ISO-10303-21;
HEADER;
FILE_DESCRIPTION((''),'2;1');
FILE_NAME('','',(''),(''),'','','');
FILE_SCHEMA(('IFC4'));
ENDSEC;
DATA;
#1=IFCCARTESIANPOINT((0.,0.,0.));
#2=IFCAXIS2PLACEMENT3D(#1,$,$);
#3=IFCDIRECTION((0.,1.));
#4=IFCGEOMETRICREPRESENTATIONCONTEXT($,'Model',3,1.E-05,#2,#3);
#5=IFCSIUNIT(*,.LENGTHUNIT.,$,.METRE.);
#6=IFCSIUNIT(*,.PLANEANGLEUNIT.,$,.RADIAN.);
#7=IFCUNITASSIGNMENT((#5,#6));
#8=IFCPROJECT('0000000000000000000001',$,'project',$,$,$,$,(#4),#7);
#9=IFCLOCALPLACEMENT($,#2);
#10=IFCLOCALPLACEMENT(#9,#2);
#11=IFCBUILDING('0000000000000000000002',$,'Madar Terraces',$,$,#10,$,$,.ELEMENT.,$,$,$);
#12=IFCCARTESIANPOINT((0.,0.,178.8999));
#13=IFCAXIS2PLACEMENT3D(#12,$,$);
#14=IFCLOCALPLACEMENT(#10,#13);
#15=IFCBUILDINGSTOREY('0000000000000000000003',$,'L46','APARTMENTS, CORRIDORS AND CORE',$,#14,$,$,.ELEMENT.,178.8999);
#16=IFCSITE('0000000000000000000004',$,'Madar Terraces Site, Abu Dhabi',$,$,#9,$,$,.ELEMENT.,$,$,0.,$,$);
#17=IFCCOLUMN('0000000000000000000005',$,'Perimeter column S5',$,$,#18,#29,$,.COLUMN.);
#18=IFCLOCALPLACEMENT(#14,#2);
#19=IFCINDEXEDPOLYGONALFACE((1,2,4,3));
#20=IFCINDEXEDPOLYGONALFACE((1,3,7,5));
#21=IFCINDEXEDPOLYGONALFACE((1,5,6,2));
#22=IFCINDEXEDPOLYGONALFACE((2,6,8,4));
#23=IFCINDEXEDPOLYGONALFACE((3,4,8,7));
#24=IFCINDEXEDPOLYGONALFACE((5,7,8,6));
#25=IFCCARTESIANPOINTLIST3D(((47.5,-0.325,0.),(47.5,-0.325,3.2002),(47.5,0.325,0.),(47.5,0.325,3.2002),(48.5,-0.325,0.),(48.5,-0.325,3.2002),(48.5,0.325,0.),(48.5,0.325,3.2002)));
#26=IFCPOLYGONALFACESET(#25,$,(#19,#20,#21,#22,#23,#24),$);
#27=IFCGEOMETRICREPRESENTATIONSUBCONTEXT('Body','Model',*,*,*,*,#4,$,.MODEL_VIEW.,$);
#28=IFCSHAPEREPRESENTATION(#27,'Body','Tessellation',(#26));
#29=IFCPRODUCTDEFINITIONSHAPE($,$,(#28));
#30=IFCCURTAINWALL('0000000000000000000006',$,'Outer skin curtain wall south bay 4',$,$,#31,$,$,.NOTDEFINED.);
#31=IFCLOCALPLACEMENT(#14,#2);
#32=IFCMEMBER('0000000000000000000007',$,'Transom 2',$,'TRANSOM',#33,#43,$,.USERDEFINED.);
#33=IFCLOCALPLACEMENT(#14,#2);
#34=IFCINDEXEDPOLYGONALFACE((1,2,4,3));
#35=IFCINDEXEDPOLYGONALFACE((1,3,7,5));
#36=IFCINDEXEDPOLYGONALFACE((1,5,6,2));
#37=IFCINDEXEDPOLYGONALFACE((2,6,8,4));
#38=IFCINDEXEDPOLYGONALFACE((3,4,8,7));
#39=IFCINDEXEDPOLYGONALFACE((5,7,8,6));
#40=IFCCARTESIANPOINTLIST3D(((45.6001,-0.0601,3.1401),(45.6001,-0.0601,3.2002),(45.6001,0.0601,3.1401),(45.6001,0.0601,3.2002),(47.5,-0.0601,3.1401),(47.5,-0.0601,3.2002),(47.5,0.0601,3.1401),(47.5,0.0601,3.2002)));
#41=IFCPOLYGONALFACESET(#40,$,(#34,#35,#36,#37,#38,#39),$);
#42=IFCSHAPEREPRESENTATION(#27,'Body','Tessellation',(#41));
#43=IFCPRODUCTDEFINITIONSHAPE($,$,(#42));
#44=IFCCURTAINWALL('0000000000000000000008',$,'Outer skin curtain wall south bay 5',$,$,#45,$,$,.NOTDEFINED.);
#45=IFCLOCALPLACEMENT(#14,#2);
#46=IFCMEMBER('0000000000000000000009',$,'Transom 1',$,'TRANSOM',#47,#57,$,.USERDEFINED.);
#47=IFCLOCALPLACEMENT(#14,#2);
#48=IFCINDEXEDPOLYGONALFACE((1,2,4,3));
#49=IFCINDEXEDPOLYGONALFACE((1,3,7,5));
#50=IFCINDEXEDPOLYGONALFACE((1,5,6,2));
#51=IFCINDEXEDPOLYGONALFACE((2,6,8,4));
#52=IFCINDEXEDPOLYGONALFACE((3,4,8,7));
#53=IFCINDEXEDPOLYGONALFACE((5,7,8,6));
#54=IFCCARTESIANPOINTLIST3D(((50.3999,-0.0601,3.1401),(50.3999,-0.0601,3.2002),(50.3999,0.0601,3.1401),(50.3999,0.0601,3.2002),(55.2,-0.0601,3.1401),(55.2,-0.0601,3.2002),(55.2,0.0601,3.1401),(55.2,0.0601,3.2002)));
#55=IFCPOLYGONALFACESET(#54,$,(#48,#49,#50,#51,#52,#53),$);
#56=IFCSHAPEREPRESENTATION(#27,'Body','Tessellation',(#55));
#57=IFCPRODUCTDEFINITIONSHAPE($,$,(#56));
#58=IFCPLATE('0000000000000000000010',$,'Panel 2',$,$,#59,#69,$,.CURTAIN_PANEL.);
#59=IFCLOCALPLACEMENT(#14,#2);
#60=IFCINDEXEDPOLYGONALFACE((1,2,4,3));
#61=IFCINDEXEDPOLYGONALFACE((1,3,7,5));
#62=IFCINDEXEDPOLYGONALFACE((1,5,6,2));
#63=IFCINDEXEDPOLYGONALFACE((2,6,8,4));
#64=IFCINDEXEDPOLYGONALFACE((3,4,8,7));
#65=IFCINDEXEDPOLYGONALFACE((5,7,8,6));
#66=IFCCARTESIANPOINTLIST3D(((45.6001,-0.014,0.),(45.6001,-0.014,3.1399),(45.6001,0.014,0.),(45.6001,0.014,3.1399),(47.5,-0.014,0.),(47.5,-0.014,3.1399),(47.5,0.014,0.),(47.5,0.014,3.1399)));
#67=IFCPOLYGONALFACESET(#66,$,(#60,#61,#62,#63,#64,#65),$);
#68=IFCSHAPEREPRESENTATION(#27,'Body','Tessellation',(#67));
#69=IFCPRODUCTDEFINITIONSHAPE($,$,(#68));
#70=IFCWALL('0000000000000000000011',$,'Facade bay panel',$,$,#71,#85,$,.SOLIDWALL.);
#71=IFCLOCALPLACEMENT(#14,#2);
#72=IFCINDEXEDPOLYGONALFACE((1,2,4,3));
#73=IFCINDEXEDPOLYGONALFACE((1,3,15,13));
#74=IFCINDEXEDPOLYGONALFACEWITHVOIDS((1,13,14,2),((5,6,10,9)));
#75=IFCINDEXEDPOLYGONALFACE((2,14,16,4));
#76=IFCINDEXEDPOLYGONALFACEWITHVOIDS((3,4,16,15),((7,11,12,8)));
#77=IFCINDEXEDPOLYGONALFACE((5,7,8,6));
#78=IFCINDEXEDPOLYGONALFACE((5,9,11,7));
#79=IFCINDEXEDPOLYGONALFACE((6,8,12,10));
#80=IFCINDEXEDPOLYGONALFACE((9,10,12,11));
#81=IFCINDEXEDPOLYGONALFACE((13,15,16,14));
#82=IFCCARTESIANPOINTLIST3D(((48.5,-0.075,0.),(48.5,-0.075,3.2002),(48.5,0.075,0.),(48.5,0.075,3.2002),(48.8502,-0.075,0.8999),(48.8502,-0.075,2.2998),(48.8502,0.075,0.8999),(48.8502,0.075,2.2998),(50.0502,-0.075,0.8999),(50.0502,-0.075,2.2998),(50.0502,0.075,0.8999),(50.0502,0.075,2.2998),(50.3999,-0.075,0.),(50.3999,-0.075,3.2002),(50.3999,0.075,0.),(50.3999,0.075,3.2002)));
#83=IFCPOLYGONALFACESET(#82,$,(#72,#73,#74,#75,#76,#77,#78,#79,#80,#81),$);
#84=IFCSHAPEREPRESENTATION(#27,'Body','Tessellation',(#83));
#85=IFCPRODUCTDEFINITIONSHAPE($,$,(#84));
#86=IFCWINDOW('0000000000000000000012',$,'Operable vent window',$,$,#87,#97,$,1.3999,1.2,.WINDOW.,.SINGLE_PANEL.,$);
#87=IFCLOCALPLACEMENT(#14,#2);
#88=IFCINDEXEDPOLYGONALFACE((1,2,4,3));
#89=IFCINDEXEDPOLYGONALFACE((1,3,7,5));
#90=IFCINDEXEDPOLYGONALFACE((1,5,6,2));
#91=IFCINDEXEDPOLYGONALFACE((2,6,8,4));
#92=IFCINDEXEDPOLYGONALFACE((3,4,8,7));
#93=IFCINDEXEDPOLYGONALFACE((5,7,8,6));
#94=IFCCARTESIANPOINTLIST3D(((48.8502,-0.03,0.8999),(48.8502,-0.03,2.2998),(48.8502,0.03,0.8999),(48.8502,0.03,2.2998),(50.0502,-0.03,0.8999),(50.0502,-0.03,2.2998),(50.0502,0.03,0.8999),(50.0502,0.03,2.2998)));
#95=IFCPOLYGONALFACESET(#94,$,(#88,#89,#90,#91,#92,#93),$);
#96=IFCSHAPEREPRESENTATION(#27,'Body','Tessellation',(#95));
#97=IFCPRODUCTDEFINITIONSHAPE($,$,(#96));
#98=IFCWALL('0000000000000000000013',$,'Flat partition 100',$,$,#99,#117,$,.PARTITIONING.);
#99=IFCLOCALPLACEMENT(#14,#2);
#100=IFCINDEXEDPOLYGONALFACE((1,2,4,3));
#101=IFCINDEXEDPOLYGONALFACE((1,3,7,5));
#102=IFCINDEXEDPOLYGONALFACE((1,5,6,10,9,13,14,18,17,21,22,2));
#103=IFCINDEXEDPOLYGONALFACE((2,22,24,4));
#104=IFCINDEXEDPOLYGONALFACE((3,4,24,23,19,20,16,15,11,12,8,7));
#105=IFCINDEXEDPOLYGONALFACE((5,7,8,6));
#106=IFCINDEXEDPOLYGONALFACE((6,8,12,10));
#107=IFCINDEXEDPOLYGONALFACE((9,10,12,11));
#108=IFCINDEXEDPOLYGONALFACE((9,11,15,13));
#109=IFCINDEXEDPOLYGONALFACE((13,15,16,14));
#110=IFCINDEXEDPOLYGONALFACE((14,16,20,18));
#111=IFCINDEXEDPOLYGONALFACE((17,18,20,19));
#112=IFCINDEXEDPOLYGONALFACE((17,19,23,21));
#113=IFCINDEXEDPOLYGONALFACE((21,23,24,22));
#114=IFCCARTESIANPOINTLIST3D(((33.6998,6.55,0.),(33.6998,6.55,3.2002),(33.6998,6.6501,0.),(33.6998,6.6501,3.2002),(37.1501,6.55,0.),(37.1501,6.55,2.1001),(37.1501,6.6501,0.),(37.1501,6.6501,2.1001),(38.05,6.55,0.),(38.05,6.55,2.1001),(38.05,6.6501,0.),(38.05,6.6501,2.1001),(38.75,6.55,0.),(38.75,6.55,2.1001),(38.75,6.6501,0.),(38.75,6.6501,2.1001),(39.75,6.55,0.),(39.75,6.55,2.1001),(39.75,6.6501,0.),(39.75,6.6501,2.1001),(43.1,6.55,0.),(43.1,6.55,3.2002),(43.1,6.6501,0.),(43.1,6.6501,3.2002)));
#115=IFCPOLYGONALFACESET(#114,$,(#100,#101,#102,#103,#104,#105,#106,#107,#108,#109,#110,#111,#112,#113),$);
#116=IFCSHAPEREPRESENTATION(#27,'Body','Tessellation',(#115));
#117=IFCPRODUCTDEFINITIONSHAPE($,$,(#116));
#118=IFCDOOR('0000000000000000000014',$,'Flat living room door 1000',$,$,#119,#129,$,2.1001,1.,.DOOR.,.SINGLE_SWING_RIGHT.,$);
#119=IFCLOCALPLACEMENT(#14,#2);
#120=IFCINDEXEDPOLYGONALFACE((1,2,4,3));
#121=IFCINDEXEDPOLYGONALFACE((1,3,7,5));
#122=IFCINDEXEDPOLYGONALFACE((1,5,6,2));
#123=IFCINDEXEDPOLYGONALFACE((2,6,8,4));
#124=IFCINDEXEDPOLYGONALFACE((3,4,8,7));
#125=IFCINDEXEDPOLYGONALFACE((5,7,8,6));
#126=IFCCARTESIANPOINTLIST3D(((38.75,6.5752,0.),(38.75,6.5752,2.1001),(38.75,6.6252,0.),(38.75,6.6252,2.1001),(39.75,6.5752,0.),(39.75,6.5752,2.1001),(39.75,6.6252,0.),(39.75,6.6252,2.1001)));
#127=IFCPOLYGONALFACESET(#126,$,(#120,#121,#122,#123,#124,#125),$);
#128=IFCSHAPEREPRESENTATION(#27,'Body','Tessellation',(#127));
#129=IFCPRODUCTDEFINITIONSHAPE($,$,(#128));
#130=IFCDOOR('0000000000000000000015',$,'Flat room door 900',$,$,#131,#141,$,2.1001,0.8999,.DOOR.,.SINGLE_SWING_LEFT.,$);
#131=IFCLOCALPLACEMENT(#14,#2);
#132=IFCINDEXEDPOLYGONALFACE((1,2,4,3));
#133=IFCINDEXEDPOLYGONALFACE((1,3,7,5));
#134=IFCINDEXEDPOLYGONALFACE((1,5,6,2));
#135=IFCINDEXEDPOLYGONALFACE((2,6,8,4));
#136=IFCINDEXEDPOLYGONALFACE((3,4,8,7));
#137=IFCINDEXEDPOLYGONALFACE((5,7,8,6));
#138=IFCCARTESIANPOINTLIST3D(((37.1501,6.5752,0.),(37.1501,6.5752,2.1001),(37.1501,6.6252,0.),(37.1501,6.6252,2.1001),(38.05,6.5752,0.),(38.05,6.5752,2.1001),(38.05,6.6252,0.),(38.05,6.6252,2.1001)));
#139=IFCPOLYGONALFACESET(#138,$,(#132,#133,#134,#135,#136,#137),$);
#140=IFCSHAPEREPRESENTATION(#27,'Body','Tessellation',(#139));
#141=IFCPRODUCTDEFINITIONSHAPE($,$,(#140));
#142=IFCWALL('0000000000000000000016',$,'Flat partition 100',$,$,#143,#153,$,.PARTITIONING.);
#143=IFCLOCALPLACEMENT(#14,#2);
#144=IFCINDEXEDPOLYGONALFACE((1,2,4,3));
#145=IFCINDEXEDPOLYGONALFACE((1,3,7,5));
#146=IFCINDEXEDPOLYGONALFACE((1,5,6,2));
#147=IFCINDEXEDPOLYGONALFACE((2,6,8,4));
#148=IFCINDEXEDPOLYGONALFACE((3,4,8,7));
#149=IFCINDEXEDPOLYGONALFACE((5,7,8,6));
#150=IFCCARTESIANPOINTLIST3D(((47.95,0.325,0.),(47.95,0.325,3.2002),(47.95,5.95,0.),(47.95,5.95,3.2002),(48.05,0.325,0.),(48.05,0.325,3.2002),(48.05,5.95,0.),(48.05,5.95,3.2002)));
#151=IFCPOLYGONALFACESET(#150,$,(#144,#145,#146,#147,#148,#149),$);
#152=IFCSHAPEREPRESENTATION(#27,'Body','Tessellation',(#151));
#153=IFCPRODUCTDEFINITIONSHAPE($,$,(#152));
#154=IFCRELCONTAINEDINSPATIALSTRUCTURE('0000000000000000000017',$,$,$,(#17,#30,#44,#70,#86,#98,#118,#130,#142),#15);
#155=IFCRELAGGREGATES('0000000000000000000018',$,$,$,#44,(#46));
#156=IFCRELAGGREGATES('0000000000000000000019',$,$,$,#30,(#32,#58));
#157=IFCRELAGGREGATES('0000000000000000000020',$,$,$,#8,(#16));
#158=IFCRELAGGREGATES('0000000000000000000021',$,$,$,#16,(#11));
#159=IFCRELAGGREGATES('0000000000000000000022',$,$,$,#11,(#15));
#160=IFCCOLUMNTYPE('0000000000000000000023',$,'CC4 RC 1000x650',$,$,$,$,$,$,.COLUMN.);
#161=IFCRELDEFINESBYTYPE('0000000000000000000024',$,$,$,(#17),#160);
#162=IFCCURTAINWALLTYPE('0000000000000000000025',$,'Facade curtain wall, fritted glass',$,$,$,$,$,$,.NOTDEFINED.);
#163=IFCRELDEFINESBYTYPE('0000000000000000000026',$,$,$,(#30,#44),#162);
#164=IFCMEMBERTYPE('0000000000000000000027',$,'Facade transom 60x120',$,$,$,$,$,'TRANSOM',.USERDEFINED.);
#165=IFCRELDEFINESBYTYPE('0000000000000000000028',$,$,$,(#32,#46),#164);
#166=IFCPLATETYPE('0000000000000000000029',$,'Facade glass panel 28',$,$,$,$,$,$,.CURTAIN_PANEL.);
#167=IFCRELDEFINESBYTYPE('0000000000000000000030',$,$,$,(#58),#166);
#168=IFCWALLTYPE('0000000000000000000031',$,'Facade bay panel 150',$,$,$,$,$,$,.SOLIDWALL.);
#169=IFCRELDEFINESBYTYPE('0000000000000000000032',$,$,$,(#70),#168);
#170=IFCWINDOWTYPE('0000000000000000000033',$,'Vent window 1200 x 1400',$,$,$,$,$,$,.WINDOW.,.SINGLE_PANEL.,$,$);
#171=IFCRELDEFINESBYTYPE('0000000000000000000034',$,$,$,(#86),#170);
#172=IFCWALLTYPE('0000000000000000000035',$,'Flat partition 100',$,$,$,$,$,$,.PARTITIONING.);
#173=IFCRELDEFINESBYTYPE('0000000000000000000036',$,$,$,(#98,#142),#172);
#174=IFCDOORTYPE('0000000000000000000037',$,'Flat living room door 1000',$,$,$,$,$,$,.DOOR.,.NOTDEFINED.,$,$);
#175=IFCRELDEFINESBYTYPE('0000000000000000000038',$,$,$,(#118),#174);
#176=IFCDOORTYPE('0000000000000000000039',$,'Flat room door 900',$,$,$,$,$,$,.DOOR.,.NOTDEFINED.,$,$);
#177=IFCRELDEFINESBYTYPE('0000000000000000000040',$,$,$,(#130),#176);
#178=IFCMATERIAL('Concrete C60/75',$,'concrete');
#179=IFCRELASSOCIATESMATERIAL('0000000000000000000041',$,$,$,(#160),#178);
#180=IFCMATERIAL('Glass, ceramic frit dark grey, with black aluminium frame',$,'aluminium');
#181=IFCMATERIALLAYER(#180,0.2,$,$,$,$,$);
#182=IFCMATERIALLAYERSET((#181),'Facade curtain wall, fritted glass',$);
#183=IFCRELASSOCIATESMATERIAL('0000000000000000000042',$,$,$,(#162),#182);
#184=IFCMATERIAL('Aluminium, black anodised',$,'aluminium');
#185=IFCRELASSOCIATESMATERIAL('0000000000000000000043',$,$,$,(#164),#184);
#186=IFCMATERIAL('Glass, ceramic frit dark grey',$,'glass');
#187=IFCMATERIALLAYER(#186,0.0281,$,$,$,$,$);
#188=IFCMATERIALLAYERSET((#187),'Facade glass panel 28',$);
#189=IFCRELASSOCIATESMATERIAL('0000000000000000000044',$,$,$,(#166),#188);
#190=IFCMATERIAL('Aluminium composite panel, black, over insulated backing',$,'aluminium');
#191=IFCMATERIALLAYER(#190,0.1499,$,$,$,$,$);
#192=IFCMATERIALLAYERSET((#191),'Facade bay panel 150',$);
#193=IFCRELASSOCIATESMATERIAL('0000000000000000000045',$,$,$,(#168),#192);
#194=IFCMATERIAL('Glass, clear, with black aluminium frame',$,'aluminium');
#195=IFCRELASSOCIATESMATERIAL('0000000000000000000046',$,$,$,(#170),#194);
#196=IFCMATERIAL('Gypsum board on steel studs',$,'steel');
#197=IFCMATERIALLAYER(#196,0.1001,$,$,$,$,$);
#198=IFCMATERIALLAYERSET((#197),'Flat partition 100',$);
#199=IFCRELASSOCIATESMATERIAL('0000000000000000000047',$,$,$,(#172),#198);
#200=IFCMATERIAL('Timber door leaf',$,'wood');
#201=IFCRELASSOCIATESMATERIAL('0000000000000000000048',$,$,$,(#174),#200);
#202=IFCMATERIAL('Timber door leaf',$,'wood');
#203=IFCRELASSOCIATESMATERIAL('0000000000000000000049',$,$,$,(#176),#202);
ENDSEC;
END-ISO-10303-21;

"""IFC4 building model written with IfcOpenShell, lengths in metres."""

from ifc_helpers import new_model, si_unit, direction, frame, frame_2d, origin, origin_2d, place, context, subcontext, project, spatial, rectangle, extrude, material, layer, layer_set, material_profile, profile_set, type_object, element, fill, aggregate, save


model = new_model("IFC4")

# Units and contexts
model_context = context("Model", 3, precision=1e-05, world=origin(), true_north=direction((0.0, 1.0)))
body_context = subcontext(model_context, "Body", "Model", "MODEL_VIEW")
ifc_project = project(units=[si_unit("LENGTHUNIT", "METRE"), si_unit("PLANEANGLEUNIT", "RADIAN")], contexts=[model_context])

# Site, building, storey
site_placement = place(None, origin())
site = spatial("IfcSite", under=ifc_project, at=site_placement, Name="Madar Terraces Site, Abu Dhabi", CompositionType="ELEMENT", RefElevation=0.0)
building_placement = place(site_placement, origin())
building = spatial("IfcBuilding", under=site, at=building_placement, Name="Madar Terraces", CompositionType="ELEMENT")
storey_placement = place(building_placement, frame((0.0, 0.0, 178.8999)))
storey = spatial("IfcBuildingStorey", under=building, at=storey_placement, Name="L46", Description="APARTMENTS, CORRIDORS AND CORE", CompositionType="ELEMENT", Elevation=178.8999)

# Column
ifc_material_1 = material(Name="Concrete C60/75", Category="concrete")
ifc_material_profile_1 = material_profile(ifc_material_1, rectangle(XDim=1.0, YDim=0.6499, at=origin_2d()), Name="CC4 RC 1000x650")
ifc_profile_set_1 = profile_set([ifc_material_profile_1], Name="Concrete C60/75")
column_type = type_object("IfcColumnType", Name="CC4 RC 1000x650", PredefinedType="COLUMN", material=ifc_profile_set_1)
column_placement = place(storey_placement, frame((48.0, 0.0, 0.0), z_axis=(0.0, 0.0, 1.0), x_axis=(1.0, 0.0, 0.0)))
element("IfcColumn", 1, at=column_placement, inside=storey, type_object=column_type, Name="Perimeter column S5", PredefinedType="COLUMN", context=body_context, shape_type="SweptSolid", body=[
    extrude(rectangle(XDim=1.0, YDim=0.6499, at=origin_2d()), origin(), (0.0, 0.0, 1.0), 3.2002),
])

# Curtain walls, members
ifc_material_2 = material(Name="Glass, ceramic frit dark grey, with black aluminium frame", Category="aluminium")
ifc_layer_1 = layer(ifc_material_2, 0.2)
ifc_layer_set_1 = layer_set([ifc_layer_1], Name="Facade curtain wall, fritted glass")
curtain_wall_type = type_object("IfcCurtainWallType", Name="Facade curtain wall, fritted glass", PredefinedType="NOTDEFINED", material=ifc_layer_set_1)
curtain_wall_1_placement = place(storey_placement, origin())
curtain_wall_1 = element("IfcCurtainWall", 2, at=curtain_wall_1_placement, inside=storey, type_object=curtain_wall_type, Name="Outer skin curtain wall south bay 4", PredefinedType="NOTDEFINED")
ifc_material_3 = material(Name="Aluminium, black anodised", Category="aluminium")
ifc_material_profile_2 = material_profile(ifc_material_3, rectangle(XDim=0.1201, YDim=0.0601, at=origin_2d()), Name="Facade transom 60x120")
ifc_profile_set_2 = profile_set([ifc_material_profile_2], Name="Aluminium, black anodised")
member_type = type_object("IfcMemberType", Name="Facade transom 60x120", ElementType="TRANSOM", PredefinedType="USERDEFINED", material=ifc_profile_set_2)
member_1_placement = place(storey_placement, frame((45.6001, 0.0, 3.1702), z_axis=(1.0, 0.0, 0.0), x_axis=(0.0, 1.0, 0.0)))
member_1 = element("IfcMember", 3, at=member_1_placement, type_object=member_type, Name="Transom 2", ObjectType="TRANSOM", PredefinedType="USERDEFINED", context=body_context, shape_type="SweptSolid", body=[
    extrude(rectangle(XDim=0.1201, YDim=0.0601, at=origin_2d()), origin(), (0.0, 0.0, 1.0), 1.8999),
])
curtain_wall_2_placement = place(storey_placement, origin())
curtain_wall_2 = element("IfcCurtainWall", 4, at=curtain_wall_2_placement, inside=storey, type_object=curtain_wall_type, Name="Outer skin curtain wall south bay 5", PredefinedType="NOTDEFINED")
member_2_placement = place(storey_placement, frame((50.3999, 0.0, 3.1702), z_axis=(1.0, 0.0, 0.0), x_axis=(0.0, 1.0, 0.0)))
member_2 = element("IfcMember", 5, at=member_2_placement, type_object=member_type, Name="Transom 1", ObjectType="TRANSOM", PredefinedType="USERDEFINED", context=body_context, shape_type="SweptSolid", body=[
    extrude(rectangle(XDim=0.1201, YDim=0.0601, at=origin_2d()), origin(), (0.0, 0.0, 1.0), 4.8),
])
aggregate(curtain_wall_2, [member_2])

# Plate
ifc_material_4 = material(Name="Glass, ceramic frit dark grey", Category="glass")
ifc_layer_2 = layer(ifc_material_4, 0.0281)
ifc_layer_set_2 = layer_set([ifc_layer_2], Name="Facade glass panel 28")
plate_type = type_object("IfcPlateType", Name="Facade glass panel 28", PredefinedType="CURTAIN_PANEL", material=ifc_layer_set_2)
plate_placement = place(storey_placement, frame((46.55, 0.0, 0.0), z_axis=(0.0, 0.0, 1.0), x_axis=(1.0, 0.0, 0.0)))
plate = element("IfcPlate", 6, at=plate_placement, type_object=plate_type, Name="Panel 2", PredefinedType="CURTAIN_PANEL", context=body_context, shape_type="SweptSolid", body=[
    extrude(rectangle(XDim=1.8999, YDim=0.0281, at=origin_2d()), origin(), (0.0, 0.0, 1.0), 3.1399),
])
aggregate(curtain_wall_1, [member_1, plate])

# Shared definitions
ifc_material_5 = material(Name="Aluminium composite panel, black, over insulated backing", Category="aluminium")
ifc_layer_3 = layer(ifc_material_5, 0.1499)
ifc_layer_set_3 = layer_set([ifc_layer_3], Name="Facade bay panel 150")
wall_type_1 = type_object("IfcWallType", Name="Facade bay panel 150", PredefinedType="SOLIDWALL", material=ifc_layer_set_3)

# Wall, opening, window
wall_1_placement = place(storey_placement, frame((48.5, 0.0, 0.0), z_axis=(0.0, 0.0, 1.0), x_axis=(1.0, 0.0, 0.0)))
wall_1 = element("IfcWall", 7, at=wall_1_placement, inside=storey, type_object=wall_type_1, Name="Facade bay panel", PredefinedType="SOLIDWALL", context=body_context, shape_type="SweptSolid", body=[
    extrude(rectangle(XDim=1.8999, YDim=0.1499, at=frame_2d((0.95, 0.0))), origin(), (0.0, 0.0, 1.0), 3.2002),
])
opening_1_placement = place(wall_1_placement, frame((0.3501, 0.0, 0.8999)))
opening_1 = element("IfcOpeningElement", 8, at=opening_1_placement, cuts=wall_1, PredefinedType="OPENING", context=body_context, shape_type="SweptSolid", body=[
    extrude(rectangle(XDim=1.2, YDim=1.3999, at=frame_2d((0.6001, 0.7))), frame((0.0, 0.085, 0.0), z_axis=(0.0, -1.0, 0.0), x_axis=(1.0, 0.0, 0.0)), (0.0, 0.0, 1.0), 0.1699),
])
ifc_material_6 = material(Name="Glass, clear, with black aluminium frame", Category="aluminium")
window_type = type_object("IfcWindowType", Name="Vent window 1200 x 1400", PartitioningType="SINGLE_PANEL", PredefinedType="WINDOW", material=ifc_material_6)
window_placement = place(opening_1_placement, origin())
window = element("IfcWindow", 9, at=window_placement, inside=storey, type_object=window_type, Name="Operable vent window", OverallHeight=1.3999, OverallWidth=1.2, PartitioningType="SINGLE_PANEL", PredefinedType="WINDOW", context=body_context, shape_type="SweptSolid", body=[
    extrude(rectangle(XDim=1.2, YDim=1.3999, at=frame_2d((0.6001, 0.7))), frame((0.0, 0.03, 0.0), z_axis=(0.0, -1.0, 0.0), x_axis=(1.0, 0.0, 0.0)), (0.0, 0.0, 1.0), 0.0601),
])
fill(opening_1, window)

# Wall, openings, doors
ifc_material_7 = material(Name="Gypsum board on steel studs", Category="steel")
ifc_layer_4 = layer(ifc_material_7, 0.1001)
ifc_layer_set_4 = layer_set([ifc_layer_4], Name="Flat partition 100")
wall_type_2 = type_object("IfcWallType", Name="Flat partition 100", PredefinedType="PARTITIONING", material=ifc_layer_set_4)
wall_2_placement = place(storey_placement, frame((43.1001, 6.6001, 0.0), z_axis=(0.0, 0.0, 1.0), x_axis=(-1.0, 0.0, 0.0)))
wall_2 = element("IfcWall", 10, at=wall_2_placement, inside=storey, type_object=wall_type_2, Name="Flat partition 100", PredefinedType="PARTITIONING", context=body_context, shape_type="SweptSolid", body=[
    extrude(rectangle(XDim=9.4001, YDim=0.1001, at=frame_2d((4.7002, 0.0))), origin(), (0.0, 0.0, 1.0), 3.2002),
])
opening_2_placement = place(wall_2_placement, frame((3.3501, 0.0, 0.0)))
opening_2 = element("IfcOpeningElement", 11, at=opening_2_placement, cuts=wall_2, PredefinedType="OPENING", context=body_context, shape_type="SweptSolid", body=[
    extrude(rectangle(XDim=1.0, YDim=2.1001, at=frame_2d((0.5, 1.05))), frame((0.0, 0.0601, 0.0), z_axis=(0.0, -1.0, 0.0), x_axis=(1.0, 0.0, 0.0)), (0.0, 0.0, 1.0), 0.1201),
])
opening_3_placement = place(wall_2_placement, frame((5.05, 0.0, 0.0)))
opening_3 = element("IfcOpeningElement", 12, at=opening_3_placement, cuts=wall_2, PredefinedType="OPENING", context=body_context, shape_type="SweptSolid", body=[
    extrude(rectangle(XDim=0.8999, YDim=2.1001, at=frame_2d((0.45, 1.05))), frame((0.0, 0.0601, 0.0), z_axis=(0.0, -1.0, 0.0), x_axis=(1.0, 0.0, 0.0)), (0.0, 0.0, 1.0), 0.1201),
])
ifc_material_8 = material(Name="Timber door leaf", Category="wood")
door_type_1 = type_object("IfcDoorType", Name="Flat living room door 1000", OperationType="NOTDEFINED", PredefinedType="DOOR", material=ifc_material_8)
door_1_placement = place(opening_2_placement, origin())
door_1 = element("IfcDoor", 13, at=door_1_placement, inside=storey, type_object=door_type_1, Name="Flat living room door 1000", OperationType="SINGLE_SWING_RIGHT", OverallHeight=2.1001, OverallWidth=1.0, PredefinedType="DOOR", context=body_context, shape_type="SweptSolid", body=[
    extrude(rectangle(XDim=1.0, YDim=2.1001, at=frame_2d((0.5, 1.05))), frame((0.0, 0.0249, 0.0), z_axis=(0.0, -1.0, 0.0), x_axis=(1.0, 0.0, 0.0)), (0.0, 0.0, 1.0), 0.05),
])
fill(opening_2, door_1)
ifc_material_9 = material(Name="Timber door leaf", Category="wood")
door_type_2 = type_object("IfcDoorType", Name="Flat room door 900", OperationType="NOTDEFINED", PredefinedType="DOOR", material=ifc_material_9)
door_2_placement = place(opening_3_placement, origin())
door_2 = element("IfcDoor", 14, at=door_2_placement, inside=storey, type_object=door_type_2, Name="Flat room door 900", OperationType="SINGLE_SWING_LEFT", OverallHeight=2.1001, OverallWidth=0.8999, PredefinedType="DOOR", context=body_context, shape_type="SweptSolid", body=[
    extrude(rectangle(XDim=0.8999, YDim=2.1001, at=frame_2d((0.45, 1.05))), frame((0.0, 0.0249, 0.0), z_axis=(0.0, -1.0, 0.0), x_axis=(1.0, 0.0, 0.0)), (0.0, 0.0, 1.0), 0.05),
])
fill(opening_3, door_2)

# Wall
wall_3_placement = place(storey_placement, frame((48.0, 5.95, 0.0), z_axis=(0.0, 0.0, 1.0), x_axis=(0.0, -1.0, 0.0)))
element("IfcWall", 15, at=wall_3_placement, inside=storey, type_object=wall_type_2, Name="Flat partition 100", PredefinedType="PARTITIONING", context=body_context, shape_type="SweptSolid", body=[
    extrude(rectangle(XDim=5.625, YDim=0.1001, at=frame_2d((2.8125, 0.0))), origin(), (0.0, 0.0, 1.0), 3.2002),
])

save(model, "model.ifc")
